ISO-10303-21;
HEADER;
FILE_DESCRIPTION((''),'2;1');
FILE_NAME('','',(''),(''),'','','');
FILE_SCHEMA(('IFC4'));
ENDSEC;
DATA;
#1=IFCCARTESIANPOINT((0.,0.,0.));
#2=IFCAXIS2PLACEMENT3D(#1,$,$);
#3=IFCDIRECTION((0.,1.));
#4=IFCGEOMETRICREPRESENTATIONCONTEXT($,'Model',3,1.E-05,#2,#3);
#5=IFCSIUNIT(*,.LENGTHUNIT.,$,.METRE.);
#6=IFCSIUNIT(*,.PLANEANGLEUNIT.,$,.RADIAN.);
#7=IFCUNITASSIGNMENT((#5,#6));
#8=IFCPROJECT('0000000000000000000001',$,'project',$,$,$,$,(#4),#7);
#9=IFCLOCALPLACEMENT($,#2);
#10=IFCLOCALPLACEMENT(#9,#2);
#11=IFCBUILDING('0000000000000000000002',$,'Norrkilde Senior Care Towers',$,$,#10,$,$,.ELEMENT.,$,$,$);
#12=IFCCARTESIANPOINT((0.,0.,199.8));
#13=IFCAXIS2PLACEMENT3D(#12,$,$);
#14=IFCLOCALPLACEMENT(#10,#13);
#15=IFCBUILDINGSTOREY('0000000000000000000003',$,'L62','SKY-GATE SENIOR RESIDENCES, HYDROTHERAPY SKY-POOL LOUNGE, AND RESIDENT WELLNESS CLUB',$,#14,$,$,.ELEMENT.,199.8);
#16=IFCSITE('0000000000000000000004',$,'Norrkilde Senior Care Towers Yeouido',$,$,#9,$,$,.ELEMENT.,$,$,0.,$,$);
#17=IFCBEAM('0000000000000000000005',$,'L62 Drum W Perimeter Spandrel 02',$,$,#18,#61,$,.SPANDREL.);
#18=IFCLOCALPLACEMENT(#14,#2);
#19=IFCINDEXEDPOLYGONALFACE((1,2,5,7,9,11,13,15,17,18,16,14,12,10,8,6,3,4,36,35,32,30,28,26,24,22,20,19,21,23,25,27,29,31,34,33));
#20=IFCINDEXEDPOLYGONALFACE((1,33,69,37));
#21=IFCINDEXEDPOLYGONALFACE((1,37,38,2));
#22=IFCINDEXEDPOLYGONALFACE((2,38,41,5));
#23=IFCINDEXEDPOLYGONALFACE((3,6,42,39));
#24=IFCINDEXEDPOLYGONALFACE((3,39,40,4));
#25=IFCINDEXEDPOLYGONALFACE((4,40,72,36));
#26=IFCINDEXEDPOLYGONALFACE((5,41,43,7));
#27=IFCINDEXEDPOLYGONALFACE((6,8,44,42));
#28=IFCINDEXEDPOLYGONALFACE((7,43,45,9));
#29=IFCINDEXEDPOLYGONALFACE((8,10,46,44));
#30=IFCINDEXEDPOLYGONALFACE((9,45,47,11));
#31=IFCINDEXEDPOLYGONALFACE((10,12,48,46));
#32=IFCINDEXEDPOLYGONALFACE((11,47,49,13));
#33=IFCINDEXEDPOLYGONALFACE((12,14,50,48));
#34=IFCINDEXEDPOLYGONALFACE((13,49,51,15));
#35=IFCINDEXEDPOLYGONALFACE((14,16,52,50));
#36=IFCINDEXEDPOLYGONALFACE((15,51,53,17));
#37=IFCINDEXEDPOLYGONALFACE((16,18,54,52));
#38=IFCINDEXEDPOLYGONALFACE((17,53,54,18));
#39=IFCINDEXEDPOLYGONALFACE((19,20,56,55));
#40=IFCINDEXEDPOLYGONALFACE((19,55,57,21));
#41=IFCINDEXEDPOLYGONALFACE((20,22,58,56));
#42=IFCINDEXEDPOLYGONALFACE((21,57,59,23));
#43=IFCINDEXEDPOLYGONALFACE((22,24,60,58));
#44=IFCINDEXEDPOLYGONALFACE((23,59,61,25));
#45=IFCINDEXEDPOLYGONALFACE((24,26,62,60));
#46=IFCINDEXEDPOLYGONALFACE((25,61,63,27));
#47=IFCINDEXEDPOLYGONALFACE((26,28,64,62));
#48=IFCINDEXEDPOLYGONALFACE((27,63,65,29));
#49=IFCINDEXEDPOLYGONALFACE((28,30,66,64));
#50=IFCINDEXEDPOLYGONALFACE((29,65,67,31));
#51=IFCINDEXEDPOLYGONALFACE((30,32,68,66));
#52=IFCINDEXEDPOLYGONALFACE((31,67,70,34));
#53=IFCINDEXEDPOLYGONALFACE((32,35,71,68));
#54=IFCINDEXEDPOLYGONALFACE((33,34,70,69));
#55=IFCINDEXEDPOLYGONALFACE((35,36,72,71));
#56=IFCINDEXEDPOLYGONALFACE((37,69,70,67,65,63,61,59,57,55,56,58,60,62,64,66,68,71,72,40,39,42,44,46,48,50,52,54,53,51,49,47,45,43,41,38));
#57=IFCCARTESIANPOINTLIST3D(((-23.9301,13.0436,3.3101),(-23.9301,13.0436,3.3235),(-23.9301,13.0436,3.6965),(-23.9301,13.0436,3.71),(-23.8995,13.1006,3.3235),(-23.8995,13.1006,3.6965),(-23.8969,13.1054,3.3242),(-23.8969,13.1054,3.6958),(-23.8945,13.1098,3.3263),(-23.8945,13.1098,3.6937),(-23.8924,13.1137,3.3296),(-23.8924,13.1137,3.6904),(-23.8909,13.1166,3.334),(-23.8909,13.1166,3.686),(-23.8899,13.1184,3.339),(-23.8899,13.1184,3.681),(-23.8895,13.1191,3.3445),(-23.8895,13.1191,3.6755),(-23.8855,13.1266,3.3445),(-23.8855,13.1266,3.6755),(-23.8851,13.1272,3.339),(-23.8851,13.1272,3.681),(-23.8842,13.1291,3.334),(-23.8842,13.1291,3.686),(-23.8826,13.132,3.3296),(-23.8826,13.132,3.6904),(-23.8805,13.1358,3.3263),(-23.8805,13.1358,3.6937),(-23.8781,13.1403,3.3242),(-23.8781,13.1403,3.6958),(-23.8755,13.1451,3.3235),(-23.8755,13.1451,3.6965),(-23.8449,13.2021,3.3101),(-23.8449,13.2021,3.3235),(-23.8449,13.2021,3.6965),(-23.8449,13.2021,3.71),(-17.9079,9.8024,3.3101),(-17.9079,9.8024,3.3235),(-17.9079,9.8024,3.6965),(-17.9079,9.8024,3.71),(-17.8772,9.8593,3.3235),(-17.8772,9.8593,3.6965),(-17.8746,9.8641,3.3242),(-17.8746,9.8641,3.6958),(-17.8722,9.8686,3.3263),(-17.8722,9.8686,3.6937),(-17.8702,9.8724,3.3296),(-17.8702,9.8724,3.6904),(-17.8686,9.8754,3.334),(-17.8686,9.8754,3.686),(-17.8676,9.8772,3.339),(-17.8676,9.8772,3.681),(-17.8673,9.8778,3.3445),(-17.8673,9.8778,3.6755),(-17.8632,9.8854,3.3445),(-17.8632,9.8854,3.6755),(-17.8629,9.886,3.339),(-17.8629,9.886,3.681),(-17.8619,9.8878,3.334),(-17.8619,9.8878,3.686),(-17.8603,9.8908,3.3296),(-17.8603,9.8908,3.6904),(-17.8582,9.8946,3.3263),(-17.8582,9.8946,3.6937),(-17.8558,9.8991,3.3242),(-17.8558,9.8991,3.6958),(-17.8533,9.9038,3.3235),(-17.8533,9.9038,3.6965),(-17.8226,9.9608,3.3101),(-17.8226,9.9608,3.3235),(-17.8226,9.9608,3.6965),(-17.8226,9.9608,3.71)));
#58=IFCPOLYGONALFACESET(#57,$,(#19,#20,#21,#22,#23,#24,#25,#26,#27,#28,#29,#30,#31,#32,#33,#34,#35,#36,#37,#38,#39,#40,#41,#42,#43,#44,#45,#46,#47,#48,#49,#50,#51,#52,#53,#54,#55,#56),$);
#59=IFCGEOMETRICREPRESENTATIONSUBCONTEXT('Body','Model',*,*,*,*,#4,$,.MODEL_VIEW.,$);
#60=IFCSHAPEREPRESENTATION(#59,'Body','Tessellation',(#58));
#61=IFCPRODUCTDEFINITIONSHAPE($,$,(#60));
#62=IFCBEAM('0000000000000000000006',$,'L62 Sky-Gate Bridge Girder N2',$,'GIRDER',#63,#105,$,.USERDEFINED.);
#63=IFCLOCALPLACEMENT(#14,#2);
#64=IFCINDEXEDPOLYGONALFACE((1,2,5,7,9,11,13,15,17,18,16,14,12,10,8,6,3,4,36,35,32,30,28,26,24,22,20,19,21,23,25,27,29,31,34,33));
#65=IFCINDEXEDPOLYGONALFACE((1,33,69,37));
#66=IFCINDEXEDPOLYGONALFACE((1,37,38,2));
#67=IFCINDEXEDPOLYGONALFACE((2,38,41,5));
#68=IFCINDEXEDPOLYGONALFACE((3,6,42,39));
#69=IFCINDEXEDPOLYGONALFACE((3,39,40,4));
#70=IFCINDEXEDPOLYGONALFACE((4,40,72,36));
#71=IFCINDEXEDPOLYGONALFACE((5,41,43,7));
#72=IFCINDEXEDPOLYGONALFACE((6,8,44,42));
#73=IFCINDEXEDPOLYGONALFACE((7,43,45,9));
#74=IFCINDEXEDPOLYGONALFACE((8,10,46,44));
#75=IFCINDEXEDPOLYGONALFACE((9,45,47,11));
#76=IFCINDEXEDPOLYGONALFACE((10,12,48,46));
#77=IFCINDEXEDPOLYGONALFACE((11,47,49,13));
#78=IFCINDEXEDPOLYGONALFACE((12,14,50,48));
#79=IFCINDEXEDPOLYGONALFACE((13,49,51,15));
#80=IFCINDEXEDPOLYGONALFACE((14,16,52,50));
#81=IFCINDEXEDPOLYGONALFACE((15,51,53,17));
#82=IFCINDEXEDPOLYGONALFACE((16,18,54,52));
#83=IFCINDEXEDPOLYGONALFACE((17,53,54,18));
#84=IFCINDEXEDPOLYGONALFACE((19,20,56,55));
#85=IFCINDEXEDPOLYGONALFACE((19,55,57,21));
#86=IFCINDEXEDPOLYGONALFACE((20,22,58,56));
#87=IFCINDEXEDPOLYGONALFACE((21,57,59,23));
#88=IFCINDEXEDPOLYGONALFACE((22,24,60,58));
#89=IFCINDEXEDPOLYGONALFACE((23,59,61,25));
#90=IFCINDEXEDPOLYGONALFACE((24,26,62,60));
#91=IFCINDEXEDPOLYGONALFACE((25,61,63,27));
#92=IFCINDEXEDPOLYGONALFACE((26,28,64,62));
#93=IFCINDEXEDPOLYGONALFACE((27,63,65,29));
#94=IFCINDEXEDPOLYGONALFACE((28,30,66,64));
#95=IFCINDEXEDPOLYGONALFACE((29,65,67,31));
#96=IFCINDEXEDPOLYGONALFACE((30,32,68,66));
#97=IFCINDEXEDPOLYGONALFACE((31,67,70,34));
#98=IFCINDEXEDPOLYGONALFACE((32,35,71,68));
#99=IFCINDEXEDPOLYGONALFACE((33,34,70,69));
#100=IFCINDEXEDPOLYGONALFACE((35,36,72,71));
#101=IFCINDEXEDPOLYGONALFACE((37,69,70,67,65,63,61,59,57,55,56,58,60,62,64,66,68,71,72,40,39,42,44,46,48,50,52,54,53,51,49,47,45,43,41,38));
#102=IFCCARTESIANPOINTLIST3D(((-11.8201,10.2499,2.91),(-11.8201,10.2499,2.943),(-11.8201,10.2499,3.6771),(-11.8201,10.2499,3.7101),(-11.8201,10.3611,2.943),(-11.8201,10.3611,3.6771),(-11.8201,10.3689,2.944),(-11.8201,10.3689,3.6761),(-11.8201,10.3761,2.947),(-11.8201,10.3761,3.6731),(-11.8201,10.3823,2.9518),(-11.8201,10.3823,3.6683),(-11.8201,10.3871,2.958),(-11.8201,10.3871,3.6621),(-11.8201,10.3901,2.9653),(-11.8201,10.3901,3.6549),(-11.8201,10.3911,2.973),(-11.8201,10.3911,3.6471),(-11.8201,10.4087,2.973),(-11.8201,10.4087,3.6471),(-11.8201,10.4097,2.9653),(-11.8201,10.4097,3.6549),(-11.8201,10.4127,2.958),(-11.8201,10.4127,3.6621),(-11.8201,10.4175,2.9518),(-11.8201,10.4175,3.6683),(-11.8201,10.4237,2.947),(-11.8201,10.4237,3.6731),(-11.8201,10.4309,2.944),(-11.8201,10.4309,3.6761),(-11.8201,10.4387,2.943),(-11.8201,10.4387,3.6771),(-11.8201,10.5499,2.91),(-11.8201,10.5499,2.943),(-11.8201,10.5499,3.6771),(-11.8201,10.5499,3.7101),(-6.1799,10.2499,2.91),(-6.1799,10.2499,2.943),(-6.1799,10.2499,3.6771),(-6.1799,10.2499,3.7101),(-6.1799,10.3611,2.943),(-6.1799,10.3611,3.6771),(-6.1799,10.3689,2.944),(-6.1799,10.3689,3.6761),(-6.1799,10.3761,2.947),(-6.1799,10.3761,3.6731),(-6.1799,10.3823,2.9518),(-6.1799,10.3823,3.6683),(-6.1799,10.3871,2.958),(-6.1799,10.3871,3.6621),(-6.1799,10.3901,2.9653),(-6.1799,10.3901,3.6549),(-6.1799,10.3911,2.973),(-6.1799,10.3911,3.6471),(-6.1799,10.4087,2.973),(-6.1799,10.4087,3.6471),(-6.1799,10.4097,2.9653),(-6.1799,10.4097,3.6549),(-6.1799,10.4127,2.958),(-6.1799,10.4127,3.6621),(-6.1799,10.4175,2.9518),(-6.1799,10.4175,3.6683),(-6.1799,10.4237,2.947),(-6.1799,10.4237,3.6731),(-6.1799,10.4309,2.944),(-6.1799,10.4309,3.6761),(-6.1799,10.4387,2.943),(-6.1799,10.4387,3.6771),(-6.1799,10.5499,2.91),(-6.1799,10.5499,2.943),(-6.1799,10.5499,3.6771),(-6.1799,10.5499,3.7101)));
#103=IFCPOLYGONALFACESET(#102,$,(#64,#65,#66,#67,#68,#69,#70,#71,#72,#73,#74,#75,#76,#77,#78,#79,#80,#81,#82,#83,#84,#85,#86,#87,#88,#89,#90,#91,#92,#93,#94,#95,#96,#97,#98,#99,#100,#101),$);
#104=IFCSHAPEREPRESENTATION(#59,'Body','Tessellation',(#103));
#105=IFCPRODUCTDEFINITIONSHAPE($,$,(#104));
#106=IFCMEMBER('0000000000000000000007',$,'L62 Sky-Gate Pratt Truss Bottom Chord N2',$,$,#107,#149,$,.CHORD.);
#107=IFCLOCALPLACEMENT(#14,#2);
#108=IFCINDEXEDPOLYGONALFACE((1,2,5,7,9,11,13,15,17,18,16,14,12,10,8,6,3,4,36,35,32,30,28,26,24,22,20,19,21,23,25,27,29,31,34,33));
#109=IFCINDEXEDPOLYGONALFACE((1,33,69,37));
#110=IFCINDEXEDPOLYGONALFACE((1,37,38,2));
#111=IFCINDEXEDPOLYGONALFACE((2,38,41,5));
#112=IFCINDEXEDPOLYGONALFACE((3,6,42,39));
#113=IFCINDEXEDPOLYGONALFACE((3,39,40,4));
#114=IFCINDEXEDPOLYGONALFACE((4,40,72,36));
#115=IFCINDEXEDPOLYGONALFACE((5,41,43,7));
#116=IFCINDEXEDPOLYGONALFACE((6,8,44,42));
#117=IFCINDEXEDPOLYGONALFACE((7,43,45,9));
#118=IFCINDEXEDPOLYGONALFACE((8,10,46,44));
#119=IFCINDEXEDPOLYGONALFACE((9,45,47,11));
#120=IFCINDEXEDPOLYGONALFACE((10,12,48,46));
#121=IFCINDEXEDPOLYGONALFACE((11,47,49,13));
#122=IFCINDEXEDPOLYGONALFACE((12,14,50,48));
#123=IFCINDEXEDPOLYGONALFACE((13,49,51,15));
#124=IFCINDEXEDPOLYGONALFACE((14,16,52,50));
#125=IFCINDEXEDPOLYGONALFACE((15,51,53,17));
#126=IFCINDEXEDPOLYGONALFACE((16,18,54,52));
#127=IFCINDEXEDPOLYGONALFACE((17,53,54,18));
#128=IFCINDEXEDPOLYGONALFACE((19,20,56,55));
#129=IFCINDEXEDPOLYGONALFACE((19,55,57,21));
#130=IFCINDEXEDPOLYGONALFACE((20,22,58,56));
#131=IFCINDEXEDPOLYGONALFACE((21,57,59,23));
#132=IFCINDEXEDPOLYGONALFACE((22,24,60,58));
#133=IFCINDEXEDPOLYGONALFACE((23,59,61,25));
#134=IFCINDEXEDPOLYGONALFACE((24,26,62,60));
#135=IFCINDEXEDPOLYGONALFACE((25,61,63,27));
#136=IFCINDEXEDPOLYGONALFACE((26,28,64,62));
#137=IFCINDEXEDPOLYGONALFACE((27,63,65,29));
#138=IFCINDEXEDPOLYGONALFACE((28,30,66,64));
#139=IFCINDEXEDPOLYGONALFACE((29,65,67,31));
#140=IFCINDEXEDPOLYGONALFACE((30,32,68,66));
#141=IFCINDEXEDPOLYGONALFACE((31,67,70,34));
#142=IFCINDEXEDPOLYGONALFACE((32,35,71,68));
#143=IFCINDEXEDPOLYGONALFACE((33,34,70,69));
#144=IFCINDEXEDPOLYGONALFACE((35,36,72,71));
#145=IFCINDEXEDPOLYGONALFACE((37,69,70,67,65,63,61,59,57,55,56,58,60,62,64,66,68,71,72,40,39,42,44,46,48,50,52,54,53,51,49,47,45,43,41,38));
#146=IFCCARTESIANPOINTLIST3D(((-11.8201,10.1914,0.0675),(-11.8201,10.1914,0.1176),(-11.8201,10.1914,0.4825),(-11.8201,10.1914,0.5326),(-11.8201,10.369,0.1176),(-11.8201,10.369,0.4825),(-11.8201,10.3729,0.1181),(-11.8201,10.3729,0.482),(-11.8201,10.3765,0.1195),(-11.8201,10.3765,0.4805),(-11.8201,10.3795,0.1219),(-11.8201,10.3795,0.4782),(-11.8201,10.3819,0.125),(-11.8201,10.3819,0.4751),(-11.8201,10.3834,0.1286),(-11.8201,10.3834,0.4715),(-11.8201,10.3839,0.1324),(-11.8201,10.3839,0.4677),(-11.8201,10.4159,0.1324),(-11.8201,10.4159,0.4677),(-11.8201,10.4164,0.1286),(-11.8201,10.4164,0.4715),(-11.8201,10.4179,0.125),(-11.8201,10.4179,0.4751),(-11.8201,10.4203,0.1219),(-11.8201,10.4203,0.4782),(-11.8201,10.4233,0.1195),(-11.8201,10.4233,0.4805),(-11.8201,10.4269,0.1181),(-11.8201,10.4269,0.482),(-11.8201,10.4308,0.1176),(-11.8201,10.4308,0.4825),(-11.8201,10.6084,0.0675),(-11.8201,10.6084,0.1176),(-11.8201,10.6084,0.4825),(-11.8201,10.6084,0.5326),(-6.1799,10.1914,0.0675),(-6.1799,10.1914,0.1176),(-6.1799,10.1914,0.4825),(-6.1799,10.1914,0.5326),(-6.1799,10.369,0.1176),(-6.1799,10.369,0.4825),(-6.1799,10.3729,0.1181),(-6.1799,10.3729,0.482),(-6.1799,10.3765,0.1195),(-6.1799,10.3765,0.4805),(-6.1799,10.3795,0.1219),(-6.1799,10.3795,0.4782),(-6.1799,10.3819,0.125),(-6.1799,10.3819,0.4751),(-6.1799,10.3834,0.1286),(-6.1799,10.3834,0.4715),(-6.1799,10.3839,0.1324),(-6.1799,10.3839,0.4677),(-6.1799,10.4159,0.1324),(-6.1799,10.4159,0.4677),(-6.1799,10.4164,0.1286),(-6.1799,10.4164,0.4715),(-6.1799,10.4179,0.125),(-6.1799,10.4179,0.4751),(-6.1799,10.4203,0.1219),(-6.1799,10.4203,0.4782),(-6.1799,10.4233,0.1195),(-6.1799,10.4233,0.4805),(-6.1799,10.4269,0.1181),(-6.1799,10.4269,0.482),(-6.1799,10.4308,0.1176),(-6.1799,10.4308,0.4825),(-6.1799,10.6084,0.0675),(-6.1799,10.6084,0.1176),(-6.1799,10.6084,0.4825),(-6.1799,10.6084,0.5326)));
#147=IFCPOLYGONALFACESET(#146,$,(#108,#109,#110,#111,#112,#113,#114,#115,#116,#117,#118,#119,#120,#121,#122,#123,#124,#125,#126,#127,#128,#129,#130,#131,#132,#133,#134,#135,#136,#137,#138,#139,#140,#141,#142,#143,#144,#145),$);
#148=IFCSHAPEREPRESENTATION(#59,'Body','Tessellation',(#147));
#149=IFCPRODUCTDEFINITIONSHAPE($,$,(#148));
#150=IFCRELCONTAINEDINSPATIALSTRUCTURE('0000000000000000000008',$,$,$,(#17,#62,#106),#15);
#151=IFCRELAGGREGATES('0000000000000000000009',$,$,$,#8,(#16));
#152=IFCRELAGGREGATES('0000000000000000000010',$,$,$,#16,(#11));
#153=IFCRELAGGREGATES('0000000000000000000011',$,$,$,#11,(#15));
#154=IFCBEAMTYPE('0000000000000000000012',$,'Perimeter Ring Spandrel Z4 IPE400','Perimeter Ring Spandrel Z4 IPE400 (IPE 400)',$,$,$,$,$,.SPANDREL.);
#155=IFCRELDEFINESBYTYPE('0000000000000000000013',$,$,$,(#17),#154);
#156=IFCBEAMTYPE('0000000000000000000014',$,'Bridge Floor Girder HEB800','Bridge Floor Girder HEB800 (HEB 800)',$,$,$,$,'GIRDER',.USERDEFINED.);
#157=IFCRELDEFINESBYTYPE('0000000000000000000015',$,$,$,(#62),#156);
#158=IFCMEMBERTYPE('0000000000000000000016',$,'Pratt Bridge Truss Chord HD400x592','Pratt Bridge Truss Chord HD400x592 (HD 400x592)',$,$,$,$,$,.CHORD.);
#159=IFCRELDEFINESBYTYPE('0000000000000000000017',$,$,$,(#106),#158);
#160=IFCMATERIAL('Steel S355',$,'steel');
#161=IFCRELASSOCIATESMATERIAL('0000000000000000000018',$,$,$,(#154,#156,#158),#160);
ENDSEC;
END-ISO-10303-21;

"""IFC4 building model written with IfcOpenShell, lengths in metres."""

from ifc_helpers import new_model, si_unit, direction, frame, origin, origin_2d, place, context, subcontext, project, spatial, i_section, extrude, source, transform, mapped, material, material_profile, profile_set, type_object, type_shapes, element, save


model = new_model("IFC4")

# Units and contexts
model_context = context("Model", 3, precision=1e-05, world=origin(), true_north=direction((0.0, 1.0)))
body_context = subcontext(model_context, "Body", "Model", "MODEL_VIEW")
ifc_project = project(units=[si_unit("LENGTHUNIT", "METRE"), si_unit("PLANEANGLEUNIT", "RADIAN")], contexts=[model_context])

# Site, building, storey
site_placement = place(None, origin())
site = spatial("IfcSite", under=ifc_project, at=site_placement, Name="Norrkilde Senior Care Towers Yeouido", CompositionType="ELEMENT", RefElevation=0.0)
building_placement = place(site_placement, origin())
building = spatial("IfcBuilding", under=site, at=building_placement, Name="Norrkilde Senior Care Towers", CompositionType="ELEMENT")
storey_placement = place(building_placement, frame((0.0, 0.0, 199.8)))
storey = spatial("IfcBuildingStorey", under=building, at=storey_placement, Name="L62", Description="SKY-GATE SENIOR RESIDENCES, HYDROTHERAPY SKY-POOL LOUNGE, AND RESIDENT WELLNESS CLUB", CompositionType="ELEMENT", Elevation=199.8)

# Shared definitions
ifc_material_1 = material(Name="Steel S355", Category="steel")

# Beams
ifc_material_profile_1 = material_profile(ifc_material_1, i_section(OverallWidth=0.1799, OverallDepth=0.3999, WebThickness=0.0085, FlangeThickness=0.0134, FilletRadius=0.021, at=origin_2d()), Name="IPE 400")
ifc_profile_set_1 = profile_set([ifc_material_profile_1], Name="Steel S355")
beam_type_1 = type_object("IfcBeamType", Name="Perimeter Ring Spandrel Z4 IPE400", Description="Perimeter Ring Spandrel Z4 IPE400 (IPE 400)", PredefinedType="SPANDREL", material=ifc_profile_set_1)
shared_shape_1 = source(origin(), body_context, "Body", "SweptSolid", [
    extrude(i_section(OverallWidth=0.1799, OverallDepth=0.3999, WebThickness=0.0085, FlangeThickness=0.0134, FilletRadius=0.021, at=origin_2d()), origin(), (0.0, 0.0, 1.0), 6.8391),
])
beam_1_placement = place(storey_placement, frame((-17.8652, 9.8816, 3.51), z_axis=(-0.880564, 0.473927, 0.0), x_axis=(-0.473927, -0.880564, 0.0)))
element("IfcBeam", 1, at=beam_1_placement, inside=storey, type_object=beam_type_1, Name="L62 Drum W Perimeter Spandrel 02", PredefinedType="SPANDREL", context=body_context, shape_type="MappedRepresentation", body=[
    mapped(shared_shape_1, transform((0.0, 0.0, 0.0), x_axis=(1.0, 0.0, 0.0), y_axis=(0.0, 1.0, 0.0), z_axis=(0.0, 0.0, 1.0), scale=1.0)),
])
ifc_material_profile_2 = material_profile(ifc_material_1, i_section(OverallWidth=0.3, OverallDepth=0.8, WebThickness=0.0176, FlangeThickness=0.033, FilletRadius=0.03, at=origin_2d()), Name="HEB 800")
ifc_profile_set_2 = profile_set([ifc_material_profile_2], Name="Steel S355")
beam_type_2 = type_object("IfcBeamType", Name="Bridge Floor Girder HEB800", Description="Bridge Floor Girder HEB800 (HEB 800)", ElementType="GIRDER", PredefinedType="USERDEFINED", material=ifc_profile_set_2)
shared_shape_2 = source(origin(), body_context, "Body", "SweptSolid", [
    extrude(i_section(OverallWidth=0.3, OverallDepth=0.8, WebThickness=0.0176, FlangeThickness=0.033, FilletRadius=0.03, at=origin_2d()), origin(), (0.0, 0.0, 1.0), 5.6401),
])
type_shapes(beam_type_2, [shared_shape_2])
beam_2_placement = place(storey_placement, frame((-11.8201, 10.3999, 3.3101), z_axis=(1.0, 0.0, 0.0), x_axis=(0.0, 1.0, 0.0)))
element("IfcBeam", 2, at=beam_2_placement, inside=storey, type_object=beam_type_2, Name="L62 Sky-Gate Bridge Girder N2", ObjectType="GIRDER", PredefinedType="USERDEFINED", context=body_context, shape_type="MappedRepresentation", body=[
    mapped(shared_shape_2, transform((0.0, 0.0, 0.0), x_axis=(1.0, 0.0, 0.0), y_axis=(0.0, 1.0, 0.0), z_axis=(0.0, 0.0, 1.0), scale=1.0)),
])

# Member
ifc_material_profile_3 = material_profile(ifc_material_1, i_section(OverallWidth=0.417, OverallDepth=0.4651, WebThickness=0.032, FlangeThickness=0.05, FilletRadius=0.0149, at=origin_2d()), Name="HD 400x592")
ifc_profile_set_3 = profile_set([ifc_material_profile_3], Name="Steel S355")
member_type_1 = type_object("IfcMemberType", Name="Pratt Bridge Truss Chord HD400x592", Description="Pratt Bridge Truss Chord HD400x592 (HD 400x592)", PredefinedType="CHORD", material=ifc_profile_set_3)
shared_shape_3 = source(origin(), body_context, "Body", "SweptSolid", [
    extrude(i_section(OverallWidth=0.417, OverallDepth=0.4651, WebThickness=0.032, FlangeThickness=0.05, FilletRadius=0.0149, at=origin_2d()), origin(), (0.0, 0.0, 1.0), 5.6401),
])
type_shapes(member_type_1, [shared_shape_3])
member_1_placement = place(storey_placement, frame((-11.8201, 10.3999, 0.3), z_axis=(1.0, 0.0, 0.0), x_axis=(0.0, 1.0, 0.0)))
element("IfcMember", 3, at=member_1_placement, inside=storey, type_object=member_type_1, Name="L62 Sky-Gate Pratt Truss Bottom Chord N2", PredefinedType="CHORD", context=body_context, shape_type="MappedRepresentation", body=[
    mapped(shared_shape_3, transform((0.0, 0.0, 0.0), x_axis=(1.0, 0.0, 0.0), y_axis=(0.0, 1.0, 0.0), z_axis=(0.0, 0.0, 1.0), scale=1.0)),
])

save(model, "model.ifc")
